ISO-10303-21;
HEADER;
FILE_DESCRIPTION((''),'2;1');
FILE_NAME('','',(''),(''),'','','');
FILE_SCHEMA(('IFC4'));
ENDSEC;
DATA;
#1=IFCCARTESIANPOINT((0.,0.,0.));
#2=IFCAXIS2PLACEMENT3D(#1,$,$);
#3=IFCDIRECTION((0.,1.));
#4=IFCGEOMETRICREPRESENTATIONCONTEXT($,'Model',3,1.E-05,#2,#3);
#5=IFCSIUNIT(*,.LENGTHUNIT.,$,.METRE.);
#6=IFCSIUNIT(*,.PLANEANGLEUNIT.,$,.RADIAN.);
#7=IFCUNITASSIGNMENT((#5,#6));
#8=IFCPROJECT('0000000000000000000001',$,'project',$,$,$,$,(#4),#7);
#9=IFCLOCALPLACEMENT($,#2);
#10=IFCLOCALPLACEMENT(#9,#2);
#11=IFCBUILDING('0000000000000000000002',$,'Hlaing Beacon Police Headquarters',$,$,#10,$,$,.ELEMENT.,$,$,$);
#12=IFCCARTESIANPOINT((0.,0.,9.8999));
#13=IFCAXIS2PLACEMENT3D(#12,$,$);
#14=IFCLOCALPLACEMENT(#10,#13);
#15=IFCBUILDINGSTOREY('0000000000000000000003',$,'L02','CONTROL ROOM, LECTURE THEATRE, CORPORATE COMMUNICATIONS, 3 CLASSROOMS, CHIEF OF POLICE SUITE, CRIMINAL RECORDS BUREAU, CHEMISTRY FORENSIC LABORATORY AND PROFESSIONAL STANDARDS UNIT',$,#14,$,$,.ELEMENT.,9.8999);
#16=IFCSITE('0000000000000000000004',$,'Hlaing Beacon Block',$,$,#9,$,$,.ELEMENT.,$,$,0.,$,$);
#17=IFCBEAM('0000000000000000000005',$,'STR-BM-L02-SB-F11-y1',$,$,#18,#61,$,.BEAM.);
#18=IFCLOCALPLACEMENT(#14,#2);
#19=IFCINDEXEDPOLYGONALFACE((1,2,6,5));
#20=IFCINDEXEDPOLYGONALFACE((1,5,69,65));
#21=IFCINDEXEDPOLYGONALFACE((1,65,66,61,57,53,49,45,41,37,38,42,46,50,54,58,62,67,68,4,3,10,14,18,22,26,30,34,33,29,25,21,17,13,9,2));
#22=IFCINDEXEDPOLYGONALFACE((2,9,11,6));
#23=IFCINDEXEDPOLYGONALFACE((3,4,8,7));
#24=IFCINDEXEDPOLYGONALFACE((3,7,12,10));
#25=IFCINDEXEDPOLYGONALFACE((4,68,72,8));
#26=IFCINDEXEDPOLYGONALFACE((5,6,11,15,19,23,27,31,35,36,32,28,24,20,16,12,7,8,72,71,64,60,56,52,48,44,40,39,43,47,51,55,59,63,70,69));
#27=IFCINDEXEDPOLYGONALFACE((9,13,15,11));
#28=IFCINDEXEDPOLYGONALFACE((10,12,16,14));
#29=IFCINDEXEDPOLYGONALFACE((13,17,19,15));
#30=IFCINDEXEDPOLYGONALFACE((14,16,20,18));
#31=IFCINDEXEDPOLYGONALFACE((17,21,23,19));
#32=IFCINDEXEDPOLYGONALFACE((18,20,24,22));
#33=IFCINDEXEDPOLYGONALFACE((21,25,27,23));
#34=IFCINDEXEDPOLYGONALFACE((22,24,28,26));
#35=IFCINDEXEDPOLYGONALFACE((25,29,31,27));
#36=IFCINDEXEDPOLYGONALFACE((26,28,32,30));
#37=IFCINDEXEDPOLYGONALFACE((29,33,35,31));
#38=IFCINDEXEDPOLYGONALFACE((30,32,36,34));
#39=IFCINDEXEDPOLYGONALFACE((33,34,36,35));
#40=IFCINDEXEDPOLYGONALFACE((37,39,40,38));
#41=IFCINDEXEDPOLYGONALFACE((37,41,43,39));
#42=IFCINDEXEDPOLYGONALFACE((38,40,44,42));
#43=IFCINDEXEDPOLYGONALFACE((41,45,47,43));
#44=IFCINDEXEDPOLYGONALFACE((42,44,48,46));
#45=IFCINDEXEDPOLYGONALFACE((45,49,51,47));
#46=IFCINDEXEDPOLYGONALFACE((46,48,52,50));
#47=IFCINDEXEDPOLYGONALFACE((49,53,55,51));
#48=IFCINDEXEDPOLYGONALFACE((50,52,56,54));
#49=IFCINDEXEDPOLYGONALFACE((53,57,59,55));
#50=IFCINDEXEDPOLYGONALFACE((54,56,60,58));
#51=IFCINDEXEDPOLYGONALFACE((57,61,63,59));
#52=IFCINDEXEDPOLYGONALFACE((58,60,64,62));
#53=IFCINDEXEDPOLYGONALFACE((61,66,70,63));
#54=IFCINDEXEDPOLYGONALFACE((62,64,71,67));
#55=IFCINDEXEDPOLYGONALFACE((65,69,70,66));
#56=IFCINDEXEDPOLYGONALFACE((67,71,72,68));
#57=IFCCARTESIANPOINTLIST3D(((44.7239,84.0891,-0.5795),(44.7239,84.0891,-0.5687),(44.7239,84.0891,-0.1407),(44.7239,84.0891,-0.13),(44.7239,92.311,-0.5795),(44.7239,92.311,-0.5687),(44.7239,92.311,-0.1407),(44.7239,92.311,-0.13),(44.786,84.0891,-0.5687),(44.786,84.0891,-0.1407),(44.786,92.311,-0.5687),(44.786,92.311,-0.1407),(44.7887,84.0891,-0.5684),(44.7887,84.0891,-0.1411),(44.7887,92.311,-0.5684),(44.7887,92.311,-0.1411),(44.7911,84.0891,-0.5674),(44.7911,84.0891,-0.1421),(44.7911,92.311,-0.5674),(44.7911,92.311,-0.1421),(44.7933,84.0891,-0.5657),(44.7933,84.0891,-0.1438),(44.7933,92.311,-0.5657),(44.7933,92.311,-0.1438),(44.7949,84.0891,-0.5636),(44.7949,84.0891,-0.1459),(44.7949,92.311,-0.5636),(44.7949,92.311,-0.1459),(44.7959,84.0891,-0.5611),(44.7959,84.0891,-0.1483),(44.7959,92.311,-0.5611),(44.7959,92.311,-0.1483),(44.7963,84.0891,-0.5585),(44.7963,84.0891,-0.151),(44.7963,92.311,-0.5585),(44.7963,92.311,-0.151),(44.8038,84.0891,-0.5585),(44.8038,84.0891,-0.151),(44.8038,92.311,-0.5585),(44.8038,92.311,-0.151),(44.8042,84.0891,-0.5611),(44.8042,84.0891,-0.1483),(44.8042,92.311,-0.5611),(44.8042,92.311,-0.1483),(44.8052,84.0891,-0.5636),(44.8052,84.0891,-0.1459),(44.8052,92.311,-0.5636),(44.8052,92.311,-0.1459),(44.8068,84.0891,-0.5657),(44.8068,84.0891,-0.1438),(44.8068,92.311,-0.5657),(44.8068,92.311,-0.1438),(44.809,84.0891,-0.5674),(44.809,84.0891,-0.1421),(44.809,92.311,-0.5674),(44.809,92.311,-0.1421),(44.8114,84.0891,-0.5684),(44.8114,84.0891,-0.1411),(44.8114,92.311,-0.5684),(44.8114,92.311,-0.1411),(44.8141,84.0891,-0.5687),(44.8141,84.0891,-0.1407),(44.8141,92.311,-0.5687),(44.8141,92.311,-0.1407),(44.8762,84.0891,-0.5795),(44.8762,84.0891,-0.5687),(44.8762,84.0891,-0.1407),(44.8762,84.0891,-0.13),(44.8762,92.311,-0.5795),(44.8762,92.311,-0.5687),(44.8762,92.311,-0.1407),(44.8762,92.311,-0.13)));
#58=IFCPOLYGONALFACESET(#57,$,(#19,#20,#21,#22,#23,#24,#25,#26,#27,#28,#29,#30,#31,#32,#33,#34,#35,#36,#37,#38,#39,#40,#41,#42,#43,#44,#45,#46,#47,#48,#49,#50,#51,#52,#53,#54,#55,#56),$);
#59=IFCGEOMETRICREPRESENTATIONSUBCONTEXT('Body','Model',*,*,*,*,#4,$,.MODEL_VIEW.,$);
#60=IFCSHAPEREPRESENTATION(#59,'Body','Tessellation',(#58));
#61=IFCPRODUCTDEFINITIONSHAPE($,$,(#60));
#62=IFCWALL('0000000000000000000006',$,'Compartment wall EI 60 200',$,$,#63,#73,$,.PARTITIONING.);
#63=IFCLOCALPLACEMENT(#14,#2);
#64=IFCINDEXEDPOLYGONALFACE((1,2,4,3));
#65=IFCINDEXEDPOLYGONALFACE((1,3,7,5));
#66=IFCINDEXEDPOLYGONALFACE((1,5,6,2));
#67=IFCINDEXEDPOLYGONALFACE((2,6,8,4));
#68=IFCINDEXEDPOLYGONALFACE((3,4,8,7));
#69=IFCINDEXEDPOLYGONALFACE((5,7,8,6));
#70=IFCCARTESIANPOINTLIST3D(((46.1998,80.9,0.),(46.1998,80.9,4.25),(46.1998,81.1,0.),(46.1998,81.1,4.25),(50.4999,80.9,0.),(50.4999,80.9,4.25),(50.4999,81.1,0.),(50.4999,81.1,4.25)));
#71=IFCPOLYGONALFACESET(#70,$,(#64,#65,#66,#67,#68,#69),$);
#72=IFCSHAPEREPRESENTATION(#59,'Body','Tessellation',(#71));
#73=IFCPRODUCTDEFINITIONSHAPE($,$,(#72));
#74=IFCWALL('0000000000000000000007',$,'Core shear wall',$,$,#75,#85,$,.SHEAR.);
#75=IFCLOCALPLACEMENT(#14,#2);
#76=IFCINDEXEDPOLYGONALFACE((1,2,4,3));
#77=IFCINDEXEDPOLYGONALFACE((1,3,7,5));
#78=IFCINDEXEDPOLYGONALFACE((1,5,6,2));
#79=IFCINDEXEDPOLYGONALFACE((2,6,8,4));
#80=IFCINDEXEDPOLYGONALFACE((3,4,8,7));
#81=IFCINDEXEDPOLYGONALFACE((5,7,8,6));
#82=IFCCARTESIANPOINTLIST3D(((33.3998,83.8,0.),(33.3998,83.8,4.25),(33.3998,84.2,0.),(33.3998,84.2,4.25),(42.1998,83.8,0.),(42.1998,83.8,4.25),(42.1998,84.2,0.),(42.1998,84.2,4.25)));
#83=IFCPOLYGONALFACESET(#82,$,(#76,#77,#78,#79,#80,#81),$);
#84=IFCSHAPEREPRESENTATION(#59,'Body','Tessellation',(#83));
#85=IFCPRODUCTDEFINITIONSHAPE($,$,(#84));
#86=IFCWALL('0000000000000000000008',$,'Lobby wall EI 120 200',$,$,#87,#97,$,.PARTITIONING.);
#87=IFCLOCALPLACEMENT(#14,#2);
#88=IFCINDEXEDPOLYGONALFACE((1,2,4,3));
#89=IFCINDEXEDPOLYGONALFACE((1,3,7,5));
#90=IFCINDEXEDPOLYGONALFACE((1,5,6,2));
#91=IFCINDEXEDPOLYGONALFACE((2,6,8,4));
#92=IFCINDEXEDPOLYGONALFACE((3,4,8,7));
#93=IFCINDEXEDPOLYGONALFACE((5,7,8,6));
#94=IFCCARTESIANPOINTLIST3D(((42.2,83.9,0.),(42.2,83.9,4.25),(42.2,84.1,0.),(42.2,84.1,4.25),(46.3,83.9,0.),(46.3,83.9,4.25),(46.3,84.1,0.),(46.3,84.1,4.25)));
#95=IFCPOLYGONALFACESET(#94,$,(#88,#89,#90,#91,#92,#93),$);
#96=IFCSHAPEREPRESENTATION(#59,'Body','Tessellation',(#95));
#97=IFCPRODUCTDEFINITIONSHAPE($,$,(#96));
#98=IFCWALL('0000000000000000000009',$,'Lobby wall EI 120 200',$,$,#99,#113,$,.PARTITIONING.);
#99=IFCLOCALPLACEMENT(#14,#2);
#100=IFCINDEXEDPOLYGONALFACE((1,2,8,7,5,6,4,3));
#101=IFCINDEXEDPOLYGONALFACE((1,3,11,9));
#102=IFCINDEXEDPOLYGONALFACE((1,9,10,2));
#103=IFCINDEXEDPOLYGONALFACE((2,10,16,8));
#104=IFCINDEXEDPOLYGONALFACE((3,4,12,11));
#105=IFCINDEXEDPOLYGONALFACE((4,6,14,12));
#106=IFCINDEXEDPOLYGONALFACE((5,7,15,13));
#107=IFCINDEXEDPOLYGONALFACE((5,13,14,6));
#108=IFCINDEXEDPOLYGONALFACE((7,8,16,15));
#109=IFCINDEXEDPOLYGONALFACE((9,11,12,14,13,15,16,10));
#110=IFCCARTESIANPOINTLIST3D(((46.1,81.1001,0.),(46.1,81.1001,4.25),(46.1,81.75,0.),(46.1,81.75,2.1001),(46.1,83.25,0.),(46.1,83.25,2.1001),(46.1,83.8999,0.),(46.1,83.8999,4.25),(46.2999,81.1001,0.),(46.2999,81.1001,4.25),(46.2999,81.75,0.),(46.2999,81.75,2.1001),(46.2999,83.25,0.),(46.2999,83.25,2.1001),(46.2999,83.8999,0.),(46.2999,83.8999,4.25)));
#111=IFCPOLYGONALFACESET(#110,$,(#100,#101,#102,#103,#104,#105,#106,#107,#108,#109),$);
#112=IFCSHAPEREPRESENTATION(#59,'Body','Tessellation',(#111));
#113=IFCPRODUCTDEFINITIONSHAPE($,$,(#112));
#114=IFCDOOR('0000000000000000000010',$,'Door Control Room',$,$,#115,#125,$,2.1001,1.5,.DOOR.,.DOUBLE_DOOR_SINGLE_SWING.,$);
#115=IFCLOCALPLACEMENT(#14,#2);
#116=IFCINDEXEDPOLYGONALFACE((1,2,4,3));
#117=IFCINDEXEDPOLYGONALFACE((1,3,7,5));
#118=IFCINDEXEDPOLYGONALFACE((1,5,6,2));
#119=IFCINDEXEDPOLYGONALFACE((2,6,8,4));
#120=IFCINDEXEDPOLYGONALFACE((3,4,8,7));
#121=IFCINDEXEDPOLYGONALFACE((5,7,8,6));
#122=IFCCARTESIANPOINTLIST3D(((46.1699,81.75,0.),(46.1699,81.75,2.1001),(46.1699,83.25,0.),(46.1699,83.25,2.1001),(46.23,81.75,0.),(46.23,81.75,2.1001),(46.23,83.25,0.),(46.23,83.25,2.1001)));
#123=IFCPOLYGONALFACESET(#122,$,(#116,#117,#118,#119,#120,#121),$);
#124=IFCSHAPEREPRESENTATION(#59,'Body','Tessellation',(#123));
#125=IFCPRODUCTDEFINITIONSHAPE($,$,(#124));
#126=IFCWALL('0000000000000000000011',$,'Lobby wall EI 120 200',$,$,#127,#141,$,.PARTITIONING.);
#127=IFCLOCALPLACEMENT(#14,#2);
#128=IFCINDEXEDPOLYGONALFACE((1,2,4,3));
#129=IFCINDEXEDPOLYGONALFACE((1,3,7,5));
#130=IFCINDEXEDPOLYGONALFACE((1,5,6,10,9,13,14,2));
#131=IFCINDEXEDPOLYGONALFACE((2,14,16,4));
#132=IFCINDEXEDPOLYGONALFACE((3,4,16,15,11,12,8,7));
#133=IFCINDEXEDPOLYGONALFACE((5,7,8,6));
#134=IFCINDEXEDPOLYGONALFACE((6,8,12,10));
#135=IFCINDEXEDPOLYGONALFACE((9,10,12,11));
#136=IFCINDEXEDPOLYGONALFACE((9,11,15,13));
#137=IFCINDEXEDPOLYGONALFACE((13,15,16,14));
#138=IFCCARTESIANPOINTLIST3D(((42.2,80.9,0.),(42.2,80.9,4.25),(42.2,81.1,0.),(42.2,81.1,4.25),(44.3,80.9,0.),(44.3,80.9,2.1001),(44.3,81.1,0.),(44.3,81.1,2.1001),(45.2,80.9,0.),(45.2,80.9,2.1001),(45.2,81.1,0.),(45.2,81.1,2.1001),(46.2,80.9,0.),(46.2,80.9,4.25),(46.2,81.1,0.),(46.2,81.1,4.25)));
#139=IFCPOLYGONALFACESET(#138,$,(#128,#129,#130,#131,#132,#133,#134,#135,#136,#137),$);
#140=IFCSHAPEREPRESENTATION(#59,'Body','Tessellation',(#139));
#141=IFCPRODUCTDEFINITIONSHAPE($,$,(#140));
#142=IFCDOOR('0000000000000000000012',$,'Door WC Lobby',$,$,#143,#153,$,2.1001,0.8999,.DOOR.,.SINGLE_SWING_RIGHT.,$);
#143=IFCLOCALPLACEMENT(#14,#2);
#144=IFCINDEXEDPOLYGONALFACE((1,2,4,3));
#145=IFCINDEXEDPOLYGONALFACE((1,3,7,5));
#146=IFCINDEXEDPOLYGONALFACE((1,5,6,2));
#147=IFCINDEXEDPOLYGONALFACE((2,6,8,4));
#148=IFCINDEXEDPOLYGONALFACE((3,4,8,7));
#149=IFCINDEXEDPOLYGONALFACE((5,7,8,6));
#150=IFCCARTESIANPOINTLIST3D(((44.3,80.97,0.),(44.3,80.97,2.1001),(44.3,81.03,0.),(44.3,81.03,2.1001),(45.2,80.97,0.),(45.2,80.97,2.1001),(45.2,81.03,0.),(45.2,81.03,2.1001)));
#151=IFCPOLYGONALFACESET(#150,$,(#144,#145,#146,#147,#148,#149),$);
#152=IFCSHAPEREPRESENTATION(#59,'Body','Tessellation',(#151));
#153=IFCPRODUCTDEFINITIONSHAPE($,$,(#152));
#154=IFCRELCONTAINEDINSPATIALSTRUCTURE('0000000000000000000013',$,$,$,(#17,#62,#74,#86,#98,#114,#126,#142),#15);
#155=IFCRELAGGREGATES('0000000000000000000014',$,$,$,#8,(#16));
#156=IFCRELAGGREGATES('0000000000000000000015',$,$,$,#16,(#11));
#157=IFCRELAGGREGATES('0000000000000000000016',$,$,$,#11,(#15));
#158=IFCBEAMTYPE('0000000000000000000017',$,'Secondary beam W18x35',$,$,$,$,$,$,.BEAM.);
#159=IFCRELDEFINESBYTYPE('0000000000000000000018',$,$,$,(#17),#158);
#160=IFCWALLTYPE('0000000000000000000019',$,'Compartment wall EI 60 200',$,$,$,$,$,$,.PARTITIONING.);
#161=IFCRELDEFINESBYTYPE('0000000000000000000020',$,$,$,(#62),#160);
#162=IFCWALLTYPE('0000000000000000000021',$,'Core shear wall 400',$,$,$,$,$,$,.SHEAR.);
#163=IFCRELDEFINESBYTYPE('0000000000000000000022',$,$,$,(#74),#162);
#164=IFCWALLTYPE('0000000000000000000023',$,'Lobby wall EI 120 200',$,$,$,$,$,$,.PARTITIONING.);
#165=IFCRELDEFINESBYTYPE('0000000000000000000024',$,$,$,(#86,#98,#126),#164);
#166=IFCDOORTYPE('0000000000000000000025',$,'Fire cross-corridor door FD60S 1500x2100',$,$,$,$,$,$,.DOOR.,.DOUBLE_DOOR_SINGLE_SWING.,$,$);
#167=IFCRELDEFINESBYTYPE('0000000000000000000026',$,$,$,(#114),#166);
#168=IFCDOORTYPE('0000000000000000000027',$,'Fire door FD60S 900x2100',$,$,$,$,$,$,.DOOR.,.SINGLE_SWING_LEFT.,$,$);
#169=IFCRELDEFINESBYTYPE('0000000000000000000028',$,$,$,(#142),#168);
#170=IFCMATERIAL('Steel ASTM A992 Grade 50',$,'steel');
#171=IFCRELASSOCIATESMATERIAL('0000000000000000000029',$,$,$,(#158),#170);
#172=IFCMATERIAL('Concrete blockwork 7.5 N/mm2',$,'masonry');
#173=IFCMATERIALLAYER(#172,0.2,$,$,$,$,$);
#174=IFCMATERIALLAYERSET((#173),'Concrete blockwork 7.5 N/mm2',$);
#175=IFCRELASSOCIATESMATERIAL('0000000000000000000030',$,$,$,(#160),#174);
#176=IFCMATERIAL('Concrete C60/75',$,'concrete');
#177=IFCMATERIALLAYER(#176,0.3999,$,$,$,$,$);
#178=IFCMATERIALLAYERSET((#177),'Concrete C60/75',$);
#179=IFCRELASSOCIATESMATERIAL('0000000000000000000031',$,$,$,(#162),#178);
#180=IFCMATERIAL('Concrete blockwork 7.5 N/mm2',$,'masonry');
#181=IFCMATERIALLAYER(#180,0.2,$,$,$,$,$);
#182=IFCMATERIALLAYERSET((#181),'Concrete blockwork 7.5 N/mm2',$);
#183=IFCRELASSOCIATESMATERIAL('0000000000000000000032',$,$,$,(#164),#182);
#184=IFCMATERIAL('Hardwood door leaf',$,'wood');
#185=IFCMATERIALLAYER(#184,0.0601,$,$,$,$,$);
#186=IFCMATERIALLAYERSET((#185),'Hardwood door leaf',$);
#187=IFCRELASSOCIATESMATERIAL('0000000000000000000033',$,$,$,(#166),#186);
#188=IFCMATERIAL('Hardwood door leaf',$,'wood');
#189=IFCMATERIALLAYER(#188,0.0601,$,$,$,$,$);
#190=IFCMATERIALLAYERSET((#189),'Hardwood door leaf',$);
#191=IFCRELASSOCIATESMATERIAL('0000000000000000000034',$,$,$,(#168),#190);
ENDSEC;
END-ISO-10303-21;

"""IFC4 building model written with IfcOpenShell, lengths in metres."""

from ifc_helpers import new_model, si_unit, direction, frame, frame_2d, origin, origin_2d, place, context, subcontext, project, spatial, rectangle, i_section, extrude, material, layer, layer_set, material_profile, profile_set, type_object, element, fill, save


model = new_model("IFC4")

# Units and contexts
model_context = context("Model", 3, precision=1e-05, world=origin(), true_north=direction((0.0, 1.0)))
body_context = subcontext(model_context, "Body", "Model", "MODEL_VIEW")
ifc_project = project(units=[si_unit("LENGTHUNIT", "METRE"), si_unit("PLANEANGLEUNIT", "RADIAN")], contexts=[model_context])

# Site, building, storey
site_placement = place(None, origin())
site = spatial("IfcSite", under=ifc_project, at=site_placement, Name="Hlaing Beacon Block", CompositionType="ELEMENT", RefElevation=0.0)
building_placement = place(site_placement, origin())
building = spatial("IfcBuilding", under=site, at=building_placement, Name="Hlaing Beacon Police Headquarters", CompositionType="ELEMENT")
storey_placement = place(building_placement, frame((0.0, 0.0, 9.8999)))
storey = spatial("IfcBuildingStorey", under=building, at=storey_placement, Name="L02", Description="CONTROL ROOM, LECTURE THEATRE, CORPORATE COMMUNICATIONS, 3 CLASSROOMS, CHIEF OF POLICE SUITE, CRIMINAL RECORDS BUREAU, CHEMISTRY FORENSIC LABORATORY AND PROFESSIONAL STANDARDS UNIT", CompositionType="ELEMENT", Elevation=9.8999)

# Beam
ifc_material_1 = material(Name="Steel ASTM A992 Grade 50", Category="steel")
ifc_material_profile_1 = material_profile(ifc_material_1, i_section(OverallWidth=0.1523, OverallDepth=0.4495, WebThickness=0.0076, FlangeThickness=0.0107, FilletRadius=0.0103, at=origin_2d()), Name="W18x35")
ifc_profile_set_1 = profile_set([ifc_material_profile_1], Name="Steel ASTM A992 Grade 50")
beam_type_1 = type_object("IfcBeamType", Name="Secondary beam W18x35", PredefinedType="BEAM", material=ifc_profile_set_1)
beam_1_placement = place(storey_placement, frame((44.8, 84.0891, -0.3547), z_axis=(0.0, 1.0, 0.0), x_axis=(-1.0, 0.0, 0.0)))
element("IfcBeam", 1, at=beam_1_placement, inside=storey, type_object=beam_type_1, Name="STR-BM-L02-SB-F11-y1", PredefinedType="BEAM", context=body_context, shape_type="SweptSolid", body=[
    extrude(i_section(OverallWidth=0.1523, OverallDepth=0.4495, WebThickness=0.0076, FlangeThickness=0.0107, FilletRadius=0.0103, at=origin_2d()), origin(), (0.0, 0.0, 1.0), 8.2219),
])

# Walls
ifc_material_2 = material(Name="Concrete blockwork 7.5 N/mm2", Category="masonry")
ifc_layer_1 = layer(ifc_material_2, 0.2)
ifc_layer_set_1 = layer_set([ifc_layer_1], Name="Concrete blockwork 7.5 N/mm2")
wall_type_1 = type_object("IfcWallType", Name="Compartment wall EI 60 200", PredefinedType="PARTITIONING", material=ifc_layer_set_1)
wall_1_placement = place(storey_placement, frame((46.2, 81.0, 0.0), z_axis=(0.0, 0.0, 1.0), x_axis=(1.0, 0.0, 0.0)))
element("IfcWall", 2, at=wall_1_placement, inside=storey, type_object=wall_type_1, Name="Compartment wall EI 60 200", PredefinedType="PARTITIONING", context=body_context, shape_type="SweptSolid", body=[
    extrude(rectangle(XDim=4.3, YDim=0.2, at=frame_2d((2.1499, 0.0))), origin(), (0.0, 0.0, 1.0), 4.25),
])
ifc_material_3 = material(Name="Concrete C60/75", Category="concrete")
ifc_layer_2 = layer(ifc_material_3, 0.3999)
ifc_layer_set_2 = layer_set([ifc_layer_2], Name="Concrete C60/75")
wall_type_2 = type_object("IfcWallType", Name="Core shear wall 400", PredefinedType="SHEAR", material=ifc_layer_set_2)
wall_2_placement = place(storey_placement, frame((33.3999, 84.0, 0.0), z_axis=(0.0, 0.0, 1.0), x_axis=(1.0, 0.0, 0.0)))
element("IfcWall", 3, at=wall_2_placement, inside=storey, type_object=wall_type_2, Name="Core shear wall", PredefinedType="SHEAR", context=body_context, shape_type="SweptSolid", body=[
    extrude(rectangle(XDim=8.8, YDim=0.3999, at=frame_2d((4.3999, 0.0))), origin(), (0.0, 0.0, 1.0), 4.25),
])
ifc_material_4 = material(Name="Concrete blockwork 7.5 N/mm2", Category="masonry")
ifc_layer_3 = layer(ifc_material_4, 0.2)
ifc_layer_set_3 = layer_set([ifc_layer_3], Name="Concrete blockwork 7.5 N/mm2")
wall_type_3 = type_object("IfcWallType", Name="Lobby wall EI 120 200", PredefinedType="PARTITIONING", material=ifc_layer_set_3)
wall_3_placement = place(storey_placement, frame((42.2, 84.0, 0.0), z_axis=(0.0, 0.0, 1.0), x_axis=(1.0, 0.0, 0.0)))
element("IfcWall", 4, at=wall_3_placement, inside=storey, type_object=wall_type_3, Name="Lobby wall EI 120 200", PredefinedType="PARTITIONING", context=body_context, shape_type="SweptSolid", body=[
    extrude(rectangle(XDim=4.1001, YDim=0.2, at=frame_2d((2.05, 0.0))), origin(), (0.0, 0.0, 1.0), 4.25),
])

# Walls, openings, doors
wall_4_placement = place(storey_placement, frame((46.2, 81.1001, 0.0), z_axis=(0.0, 0.0, 1.0), x_axis=(0.0, 1.0, 0.0)))
wall_4 = element("IfcWall", 5, at=wall_4_placement, inside=storey, type_object=wall_type_3, Name="Lobby wall EI 120 200", PredefinedType="PARTITIONING", context=body_context, shape_type="SweptSolid", body=[
    extrude(rectangle(XDim=2.7998, YDim=0.2, at=frame_2d((1.3999, 0.0))), origin(), (0.0, 0.0, 1.0), 4.25),
])
opening_1_placement = place(wall_4_placement, frame((0.6499, 0.0, 0.0)))
opening_1 = element("IfcOpeningElement", 6, at=opening_1_placement, cuts=wall_4, PredefinedType="OPENING", context=body_context, shape_type="SweptSolid", body=[
    extrude(rectangle(XDim=1.5, YDim=2.1001, at=frame_2d((0.75, 1.05))), frame((0.0, 0.1099, 0.0), z_axis=(0.0, -1.0, 0.0), x_axis=(1.0, 0.0, 0.0)), (0.0, 0.0, 1.0), 0.22),
])
ifc_material_5 = material(Name="Hardwood door leaf", Category="wood")
ifc_layer_4 = layer(ifc_material_5, 0.0601)
ifc_layer_set_4 = layer_set([ifc_layer_4], Name="Hardwood door leaf")
door_type_1 = type_object("IfcDoorType", Name="Fire cross-corridor door FD60S 1500x2100", OperationType="DOUBLE_DOOR_SINGLE_SWING", PredefinedType="DOOR", material=ifc_layer_set_4)
door_1_placement = place(opening_1_placement, frame((1.5, 0.0, 0.0), z_axis=(0.0, 0.0, 1.0), x_axis=(-1.0, 0.0, 0.0)))
door_1 = element("IfcDoor", 7, at=door_1_placement, inside=storey, type_object=door_type_1, Name="Door Control Room", OperationType="DOUBLE_DOOR_SINGLE_SWING", OverallHeight=2.1001, OverallWidth=1.5, PredefinedType="DOOR", context=body_context, shape_type="SweptSolid", body=[
    extrude(rectangle(XDim=1.5, YDim=2.1001, at=frame_2d((0.75, 1.05))), frame((0.0, 0.03, 0.0), z_axis=(0.0, -1.0, 0.0), x_axis=(1.0, 0.0, 0.0)), (0.0, 0.0, 1.0), 0.0601),
])
fill(opening_1, door_1)
wall_5_placement = place(storey_placement, frame((42.2, 81.0, 0.0), z_axis=(0.0, 0.0, 1.0), x_axis=(1.0, 0.0, 0.0)))
wall_5 = element("IfcWall", 8, at=wall_5_placement, inside=storey, type_object=wall_type_3, Name="Lobby wall EI 120 200", PredefinedType="PARTITIONING", context=body_context, shape_type="SweptSolid", body=[
    extrude(rectangle(XDim=4.0, YDim=0.2, at=frame_2d((2.0, 0.0))), origin(), (0.0, 0.0, 1.0), 4.25),
])
opening_2_placement = place(wall_5_placement, frame((2.1001, 0.0, 0.0)))
opening_2 = element("IfcOpeningElement", 9, at=opening_2_placement, cuts=wall_5, PredefinedType="OPENING", context=body_context, shape_type="SweptSolid", body=[
    extrude(rectangle(XDim=0.8999, YDim=2.1001, at=frame_2d((0.45, 1.05))), frame((0.0, 0.1099, 0.0), z_axis=(0.0, -1.0, 0.0), x_axis=(1.0, 0.0, 0.0)), (0.0, 0.0, 1.0), 0.22),
])
ifc_material_6 = material(Name="Hardwood door leaf", Category="wood")
ifc_layer_5 = layer(ifc_material_6, 0.0601)
ifc_layer_set_5 = layer_set([ifc_layer_5], Name="Hardwood door leaf")
door_type_2 = type_object("IfcDoorType", Name="Fire door FD60S 900x2100", OperationType="SINGLE_SWING_LEFT", PredefinedType="DOOR", material=ifc_layer_set_5)
door_2_placement = place(opening_2_placement, frame((0.8999, 0.0, 0.0), z_axis=(0.0, 0.0, 1.0), x_axis=(-1.0, 0.0, 0.0)))
door_2 = element("IfcDoor", 10, at=door_2_placement, inside=storey, type_object=door_type_2, Name="Door WC Lobby", OperationType="SINGLE_SWING_RIGHT", OverallHeight=2.1001, OverallWidth=0.8999, PredefinedType="DOOR", context=body_context, shape_type="SweptSolid", body=[
    extrude(rectangle(XDim=0.8999, YDim=2.1001, at=frame_2d((0.45, 1.05))), frame((0.0, 0.03, 0.0), z_axis=(0.0, -1.0, 0.0), x_axis=(1.0, 0.0, 0.0)), (0.0, 0.0, 1.0), 0.0601),
])
fill(opening_2, door_2)

save(model, "model.ifc")
